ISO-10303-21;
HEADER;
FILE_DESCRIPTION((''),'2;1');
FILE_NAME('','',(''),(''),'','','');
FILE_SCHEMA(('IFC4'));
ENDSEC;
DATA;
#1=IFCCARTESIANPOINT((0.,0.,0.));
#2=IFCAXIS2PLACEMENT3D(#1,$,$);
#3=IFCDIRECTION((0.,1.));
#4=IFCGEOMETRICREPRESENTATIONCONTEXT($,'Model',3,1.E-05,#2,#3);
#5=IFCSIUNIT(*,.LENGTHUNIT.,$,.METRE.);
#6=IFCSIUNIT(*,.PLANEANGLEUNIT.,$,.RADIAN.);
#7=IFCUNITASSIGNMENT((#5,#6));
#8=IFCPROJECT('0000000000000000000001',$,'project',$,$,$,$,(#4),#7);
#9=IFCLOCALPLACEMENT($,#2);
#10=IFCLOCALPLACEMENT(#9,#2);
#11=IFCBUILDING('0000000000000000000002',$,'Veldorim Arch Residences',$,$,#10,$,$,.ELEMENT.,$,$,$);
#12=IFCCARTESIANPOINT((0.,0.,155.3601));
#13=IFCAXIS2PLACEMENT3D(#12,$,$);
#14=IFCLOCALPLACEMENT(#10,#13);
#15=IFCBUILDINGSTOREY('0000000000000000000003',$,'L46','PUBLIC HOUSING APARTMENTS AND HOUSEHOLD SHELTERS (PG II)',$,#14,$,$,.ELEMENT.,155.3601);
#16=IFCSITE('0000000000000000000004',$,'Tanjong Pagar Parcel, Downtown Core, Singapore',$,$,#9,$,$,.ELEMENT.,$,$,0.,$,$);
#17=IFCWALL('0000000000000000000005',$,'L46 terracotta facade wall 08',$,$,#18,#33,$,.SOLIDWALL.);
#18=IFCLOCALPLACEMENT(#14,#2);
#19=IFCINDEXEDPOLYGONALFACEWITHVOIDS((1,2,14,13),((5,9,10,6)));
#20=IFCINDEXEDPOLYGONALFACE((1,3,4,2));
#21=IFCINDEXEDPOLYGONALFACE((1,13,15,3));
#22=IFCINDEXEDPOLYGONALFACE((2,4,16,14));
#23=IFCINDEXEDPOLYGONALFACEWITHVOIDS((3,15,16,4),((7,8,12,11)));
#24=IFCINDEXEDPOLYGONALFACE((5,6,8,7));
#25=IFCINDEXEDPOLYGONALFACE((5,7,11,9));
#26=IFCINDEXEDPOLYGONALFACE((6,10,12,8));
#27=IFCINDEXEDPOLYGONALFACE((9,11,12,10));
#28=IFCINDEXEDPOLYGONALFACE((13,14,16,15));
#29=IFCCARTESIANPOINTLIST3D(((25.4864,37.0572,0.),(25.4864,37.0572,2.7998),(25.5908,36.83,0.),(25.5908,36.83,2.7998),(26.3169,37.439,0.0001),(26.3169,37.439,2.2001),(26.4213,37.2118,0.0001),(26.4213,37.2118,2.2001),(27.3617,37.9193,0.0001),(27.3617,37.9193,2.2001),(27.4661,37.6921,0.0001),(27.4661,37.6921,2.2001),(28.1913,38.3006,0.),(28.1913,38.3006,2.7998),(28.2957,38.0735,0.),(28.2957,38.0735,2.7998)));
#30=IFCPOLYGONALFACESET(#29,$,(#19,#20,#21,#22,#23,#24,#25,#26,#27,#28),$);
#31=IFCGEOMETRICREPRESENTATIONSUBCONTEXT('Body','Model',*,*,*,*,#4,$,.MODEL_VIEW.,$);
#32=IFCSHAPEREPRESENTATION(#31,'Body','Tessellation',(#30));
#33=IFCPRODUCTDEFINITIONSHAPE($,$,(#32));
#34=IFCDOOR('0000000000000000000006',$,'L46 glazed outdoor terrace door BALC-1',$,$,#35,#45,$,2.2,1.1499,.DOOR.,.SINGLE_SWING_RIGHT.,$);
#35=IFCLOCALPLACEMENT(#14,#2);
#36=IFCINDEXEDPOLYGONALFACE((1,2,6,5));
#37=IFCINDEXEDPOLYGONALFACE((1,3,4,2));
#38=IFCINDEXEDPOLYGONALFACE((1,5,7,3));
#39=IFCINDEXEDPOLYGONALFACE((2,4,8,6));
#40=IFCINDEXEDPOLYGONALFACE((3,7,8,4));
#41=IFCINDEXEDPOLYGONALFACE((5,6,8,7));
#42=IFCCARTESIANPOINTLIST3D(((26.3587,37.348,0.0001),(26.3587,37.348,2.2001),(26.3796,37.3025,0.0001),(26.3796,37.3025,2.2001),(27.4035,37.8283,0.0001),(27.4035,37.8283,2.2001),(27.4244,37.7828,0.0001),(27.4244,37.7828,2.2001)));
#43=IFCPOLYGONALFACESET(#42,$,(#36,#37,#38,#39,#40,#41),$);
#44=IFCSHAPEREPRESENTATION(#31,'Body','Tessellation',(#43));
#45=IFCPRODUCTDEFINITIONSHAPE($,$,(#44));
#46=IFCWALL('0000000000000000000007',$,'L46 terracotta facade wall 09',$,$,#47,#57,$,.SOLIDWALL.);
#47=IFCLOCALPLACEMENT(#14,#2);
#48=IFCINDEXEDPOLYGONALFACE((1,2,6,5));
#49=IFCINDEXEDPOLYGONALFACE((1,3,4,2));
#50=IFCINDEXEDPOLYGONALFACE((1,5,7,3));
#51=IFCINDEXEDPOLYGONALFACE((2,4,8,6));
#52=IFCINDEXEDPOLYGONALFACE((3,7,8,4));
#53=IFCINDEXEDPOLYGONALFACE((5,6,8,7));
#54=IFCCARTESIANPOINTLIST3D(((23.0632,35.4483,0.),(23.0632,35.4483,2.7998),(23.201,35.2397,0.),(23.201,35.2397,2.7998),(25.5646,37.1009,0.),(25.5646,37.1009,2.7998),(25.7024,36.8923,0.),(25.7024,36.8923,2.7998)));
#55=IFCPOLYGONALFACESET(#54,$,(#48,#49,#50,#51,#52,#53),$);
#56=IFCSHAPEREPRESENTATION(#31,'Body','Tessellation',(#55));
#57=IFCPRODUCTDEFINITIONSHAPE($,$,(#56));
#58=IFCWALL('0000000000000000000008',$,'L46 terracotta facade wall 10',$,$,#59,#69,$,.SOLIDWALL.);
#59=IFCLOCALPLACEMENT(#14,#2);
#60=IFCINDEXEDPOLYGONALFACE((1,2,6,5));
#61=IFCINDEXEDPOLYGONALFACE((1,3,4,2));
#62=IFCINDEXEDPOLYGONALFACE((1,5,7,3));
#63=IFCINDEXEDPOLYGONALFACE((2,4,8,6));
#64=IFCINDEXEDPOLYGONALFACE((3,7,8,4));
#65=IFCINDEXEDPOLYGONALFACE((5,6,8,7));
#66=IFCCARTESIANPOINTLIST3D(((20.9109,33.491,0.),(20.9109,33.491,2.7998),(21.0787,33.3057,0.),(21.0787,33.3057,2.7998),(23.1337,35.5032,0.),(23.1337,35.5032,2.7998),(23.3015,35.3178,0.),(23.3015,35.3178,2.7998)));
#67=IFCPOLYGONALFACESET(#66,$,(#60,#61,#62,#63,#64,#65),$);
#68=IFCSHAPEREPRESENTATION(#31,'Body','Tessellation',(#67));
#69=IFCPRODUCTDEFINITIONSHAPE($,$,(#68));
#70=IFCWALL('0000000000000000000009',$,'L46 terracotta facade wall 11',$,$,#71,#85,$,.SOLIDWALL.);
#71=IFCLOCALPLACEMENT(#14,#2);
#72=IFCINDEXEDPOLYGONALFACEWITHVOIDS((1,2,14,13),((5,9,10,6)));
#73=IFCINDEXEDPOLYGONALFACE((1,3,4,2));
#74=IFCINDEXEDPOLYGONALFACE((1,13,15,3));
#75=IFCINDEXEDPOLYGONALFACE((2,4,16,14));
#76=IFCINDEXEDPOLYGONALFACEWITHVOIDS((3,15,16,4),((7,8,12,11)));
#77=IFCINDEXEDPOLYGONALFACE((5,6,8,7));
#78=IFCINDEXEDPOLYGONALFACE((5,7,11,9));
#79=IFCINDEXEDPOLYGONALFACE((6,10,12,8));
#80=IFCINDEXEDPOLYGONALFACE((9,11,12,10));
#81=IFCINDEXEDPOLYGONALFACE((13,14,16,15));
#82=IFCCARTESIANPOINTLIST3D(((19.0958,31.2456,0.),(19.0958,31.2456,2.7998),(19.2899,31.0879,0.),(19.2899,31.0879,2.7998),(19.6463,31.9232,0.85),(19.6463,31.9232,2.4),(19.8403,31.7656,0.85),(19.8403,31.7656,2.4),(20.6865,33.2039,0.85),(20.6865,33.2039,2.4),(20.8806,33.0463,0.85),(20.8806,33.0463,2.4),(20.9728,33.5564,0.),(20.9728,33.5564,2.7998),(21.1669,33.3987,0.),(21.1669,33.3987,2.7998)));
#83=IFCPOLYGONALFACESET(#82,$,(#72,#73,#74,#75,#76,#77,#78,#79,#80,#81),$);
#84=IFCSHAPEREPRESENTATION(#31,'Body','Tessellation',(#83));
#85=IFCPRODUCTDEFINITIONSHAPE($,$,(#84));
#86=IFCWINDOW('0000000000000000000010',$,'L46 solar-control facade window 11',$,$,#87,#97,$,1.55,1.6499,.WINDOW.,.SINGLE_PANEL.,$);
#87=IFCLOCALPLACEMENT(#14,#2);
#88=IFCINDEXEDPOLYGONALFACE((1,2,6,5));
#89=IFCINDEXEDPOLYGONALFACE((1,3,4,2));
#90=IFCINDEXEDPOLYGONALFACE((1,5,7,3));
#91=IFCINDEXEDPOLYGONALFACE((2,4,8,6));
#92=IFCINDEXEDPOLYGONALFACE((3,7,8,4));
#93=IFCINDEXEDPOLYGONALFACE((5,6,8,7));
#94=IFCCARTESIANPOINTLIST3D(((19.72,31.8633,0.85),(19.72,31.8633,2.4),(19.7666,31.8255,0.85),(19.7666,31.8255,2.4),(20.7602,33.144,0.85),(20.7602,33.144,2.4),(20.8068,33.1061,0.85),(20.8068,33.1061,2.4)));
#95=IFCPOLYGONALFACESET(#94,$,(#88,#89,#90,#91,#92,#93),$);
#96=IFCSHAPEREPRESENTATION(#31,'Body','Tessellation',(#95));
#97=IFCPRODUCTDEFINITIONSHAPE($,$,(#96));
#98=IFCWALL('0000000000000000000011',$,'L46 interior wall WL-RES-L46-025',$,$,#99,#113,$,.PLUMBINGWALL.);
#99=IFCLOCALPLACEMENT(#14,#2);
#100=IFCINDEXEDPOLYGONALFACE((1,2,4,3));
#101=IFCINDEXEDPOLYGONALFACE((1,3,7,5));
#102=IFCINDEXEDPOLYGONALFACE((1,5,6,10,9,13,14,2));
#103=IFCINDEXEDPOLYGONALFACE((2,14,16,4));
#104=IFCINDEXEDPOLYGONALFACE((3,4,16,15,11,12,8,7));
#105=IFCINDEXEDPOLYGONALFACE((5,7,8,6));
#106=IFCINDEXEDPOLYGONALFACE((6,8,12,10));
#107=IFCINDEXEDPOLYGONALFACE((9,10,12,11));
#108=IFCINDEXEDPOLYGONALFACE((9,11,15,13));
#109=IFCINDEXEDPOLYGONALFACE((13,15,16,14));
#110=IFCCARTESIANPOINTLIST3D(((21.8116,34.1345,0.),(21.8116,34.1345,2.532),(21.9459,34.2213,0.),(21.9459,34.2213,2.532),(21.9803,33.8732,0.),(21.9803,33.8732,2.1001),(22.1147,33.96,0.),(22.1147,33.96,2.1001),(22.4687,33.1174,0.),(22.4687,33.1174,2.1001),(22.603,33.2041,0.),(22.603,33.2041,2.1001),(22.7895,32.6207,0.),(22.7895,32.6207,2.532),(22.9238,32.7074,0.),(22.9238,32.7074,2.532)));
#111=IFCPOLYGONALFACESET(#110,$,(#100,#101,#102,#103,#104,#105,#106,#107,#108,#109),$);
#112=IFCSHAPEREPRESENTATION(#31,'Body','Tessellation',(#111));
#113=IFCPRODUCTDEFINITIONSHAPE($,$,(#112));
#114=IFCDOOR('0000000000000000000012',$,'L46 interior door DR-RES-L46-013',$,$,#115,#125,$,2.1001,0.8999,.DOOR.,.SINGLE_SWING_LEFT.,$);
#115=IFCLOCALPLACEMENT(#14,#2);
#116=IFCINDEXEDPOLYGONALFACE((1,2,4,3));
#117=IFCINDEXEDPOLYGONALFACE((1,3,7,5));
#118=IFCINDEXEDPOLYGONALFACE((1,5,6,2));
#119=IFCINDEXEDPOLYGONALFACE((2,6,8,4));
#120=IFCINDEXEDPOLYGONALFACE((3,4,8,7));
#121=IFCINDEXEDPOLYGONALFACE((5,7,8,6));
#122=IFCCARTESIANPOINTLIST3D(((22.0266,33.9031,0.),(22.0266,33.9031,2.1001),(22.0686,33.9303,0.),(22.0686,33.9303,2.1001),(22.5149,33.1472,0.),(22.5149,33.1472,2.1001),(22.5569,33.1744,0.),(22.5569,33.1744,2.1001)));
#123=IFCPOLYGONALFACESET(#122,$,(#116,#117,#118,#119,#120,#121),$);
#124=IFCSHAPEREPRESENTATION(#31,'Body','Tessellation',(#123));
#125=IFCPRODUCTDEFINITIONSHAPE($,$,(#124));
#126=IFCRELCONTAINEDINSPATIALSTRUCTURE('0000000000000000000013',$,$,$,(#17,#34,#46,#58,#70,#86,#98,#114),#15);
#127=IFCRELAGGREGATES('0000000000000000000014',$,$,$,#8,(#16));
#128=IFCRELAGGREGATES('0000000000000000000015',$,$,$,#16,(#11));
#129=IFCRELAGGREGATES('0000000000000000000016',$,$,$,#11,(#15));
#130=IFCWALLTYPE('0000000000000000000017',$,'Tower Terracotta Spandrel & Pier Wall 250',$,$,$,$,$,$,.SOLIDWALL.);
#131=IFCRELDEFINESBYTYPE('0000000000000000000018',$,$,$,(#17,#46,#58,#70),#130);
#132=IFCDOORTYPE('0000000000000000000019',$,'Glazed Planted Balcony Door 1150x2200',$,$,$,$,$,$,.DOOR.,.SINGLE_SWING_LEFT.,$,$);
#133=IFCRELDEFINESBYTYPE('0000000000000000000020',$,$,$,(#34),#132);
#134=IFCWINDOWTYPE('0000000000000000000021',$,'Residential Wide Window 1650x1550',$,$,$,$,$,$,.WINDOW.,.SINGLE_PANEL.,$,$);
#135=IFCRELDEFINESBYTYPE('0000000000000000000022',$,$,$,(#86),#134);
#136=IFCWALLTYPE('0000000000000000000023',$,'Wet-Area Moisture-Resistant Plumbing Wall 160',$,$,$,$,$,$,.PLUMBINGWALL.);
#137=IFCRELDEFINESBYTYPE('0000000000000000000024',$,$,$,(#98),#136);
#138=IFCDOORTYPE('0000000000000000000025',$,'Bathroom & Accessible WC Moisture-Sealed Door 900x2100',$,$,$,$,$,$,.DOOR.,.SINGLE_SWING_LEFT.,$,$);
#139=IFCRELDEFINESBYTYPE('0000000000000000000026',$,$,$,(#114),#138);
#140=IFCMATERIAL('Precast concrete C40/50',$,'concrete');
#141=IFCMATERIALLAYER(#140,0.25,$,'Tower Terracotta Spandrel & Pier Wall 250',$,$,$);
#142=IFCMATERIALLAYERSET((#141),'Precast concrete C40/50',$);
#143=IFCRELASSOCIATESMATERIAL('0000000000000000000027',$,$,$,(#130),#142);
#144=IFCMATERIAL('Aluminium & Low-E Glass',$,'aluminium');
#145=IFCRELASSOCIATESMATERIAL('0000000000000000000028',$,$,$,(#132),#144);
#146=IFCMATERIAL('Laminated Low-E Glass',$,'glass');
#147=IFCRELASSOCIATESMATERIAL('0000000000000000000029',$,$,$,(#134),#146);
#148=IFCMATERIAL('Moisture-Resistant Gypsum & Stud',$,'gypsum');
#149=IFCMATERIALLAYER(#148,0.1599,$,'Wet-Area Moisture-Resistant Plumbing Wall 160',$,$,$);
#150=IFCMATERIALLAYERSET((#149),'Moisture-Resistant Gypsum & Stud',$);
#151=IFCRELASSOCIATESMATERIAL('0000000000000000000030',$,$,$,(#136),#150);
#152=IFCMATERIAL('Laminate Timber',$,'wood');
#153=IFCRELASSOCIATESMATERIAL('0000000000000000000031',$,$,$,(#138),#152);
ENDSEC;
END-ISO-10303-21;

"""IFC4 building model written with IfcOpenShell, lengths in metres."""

from ifc_helpers import new_model, si_unit, direction, frame, frame_2d, origin, place, context, subcontext, project, spatial, rectangle, extrude, material, layer, layer_set, type_object, element, fill, save


model = new_model("IFC4")

# Units and contexts
model_context = context("Model", 3, precision=1e-05, world=origin(), true_north=direction((0.0, 1.0)))
body_context = subcontext(model_context, "Body", "Model", "MODEL_VIEW")
ifc_project = project(units=[si_unit("LENGTHUNIT", "METRE"), si_unit("PLANEANGLEUNIT", "RADIAN")], contexts=[model_context])

# Site, building, storey
site_placement = place(None, origin())
site = spatial("IfcSite", under=ifc_project, at=site_placement, Name="Tanjong Pagar Parcel, Downtown Core, Singapore", CompositionType="ELEMENT", RefElevation=0.0)
building_placement = place(site_placement, origin())
building = spatial("IfcBuilding", under=site, at=building_placement, Name="Veldorim Arch Residences", CompositionType="ELEMENT")
storey_placement = place(building_placement, frame((0.0, 0.0, 155.3601)))
storey = spatial("IfcBuildingStorey", under=building, at=storey_placement, Name="L46", Description="PUBLIC HOUSING APARTMENTS AND HOUSEHOLD SHELTERS (PG II)", CompositionType="ELEMENT", Elevation=155.3601)

# Wall, opening, door
ifc_material_1 = material(Name="Precast concrete C40/50", Category="concrete")
ifc_layer_1 = layer(ifc_material_1, 0.25, Name="Tower Terracotta Spandrel & Pier Wall 250")
ifc_layer_set_1 = layer_set([ifc_layer_1], Name="Precast concrete C40/50")
wall_type_1 = type_object("IfcWallType", Name="Tower Terracotta Spandrel & Pier Wall 250", PredefinedType="SOLIDWALL", material=ifc_layer_set_1)
wall_1_placement = place(storey_placement, frame((25.5386, 36.9436, 0.0), z_axis=(0.0, 0.0, 1.0), x_axis=(0.908594, 0.41768, 0.0)))
wall_1 = element("IfcWall", 1, at=wall_1_placement, inside=storey, type_object=wall_type_1, Name="L46 terracotta facade wall 08", PredefinedType="SOLIDWALL", context=body_context, shape_type="SweptSolid", body=[
    extrude(rectangle(XDim=2.9771, YDim=0.25, at=frame_2d((1.4885, 0.0))), origin(), (0.0, 0.0, 1.0), 2.7998),
])
opening_1_placement = place(wall_1_placement, frame((0.9141, 0.0, 0.0)))
opening_1 = element("IfcOpeningElement", 2, at=opening_1_placement, cuts=wall_1, PredefinedType="OPENING", context=body_context, shape_type="SweptSolid", body=[
    extrude(rectangle(XDim=1.1499, YDim=2.2, at=frame_2d((0.575, 1.1001))), frame((0.0, 0.135, 0.0), z_axis=(0.0, -1.0, 0.0), x_axis=(1.0, 0.0, 0.0)), (0.0, 0.0, 1.0), 0.27),
])
ifc_material_2 = material(Name="Aluminium & Low-E Glass", Category="aluminium")
door_type_1 = type_object("IfcDoorType", Name="Glazed Planted Balcony Door 1150x2200", OperationType="SINGLE_SWING_LEFT", PredefinedType="DOOR", material=ifc_material_2)
door_1_placement = place(opening_1_placement, origin())
door_1 = element("IfcDoor", 3, at=door_1_placement, inside=storey, type_object=door_type_1, Name="L46 glazed outdoor terrace door BALC-1", OperationType="SINGLE_SWING_RIGHT", OverallHeight=2.2, OverallWidth=1.1499, PredefinedType="DOOR", context=body_context, shape_type="SweptSolid", body=[
    extrude(rectangle(XDim=1.1499, YDim=2.2, at=frame_2d((0.575, 1.1001))), frame((0.0, 0.0249, 0.0), z_axis=(0.0, -1.0, 0.0), x_axis=(1.0, 0.0, 0.0)), (0.0, 0.0, 1.0), 0.05),
])
fill(opening_1, door_1)

# Walls
wall_2_placement = place(storey_placement, frame((23.1321, 35.344, 0.0), z_axis=(0.0, 0.0, 1.0), x_axis=(0.834361, 0.551219, 0.0)))
element("IfcWall", 4, at=wall_2_placement, inside=storey, type_object=wall_type_1, Name="L46 terracotta facade wall 09", PredefinedType="SOLIDWALL", context=body_context, shape_type="SweptSolid", body=[
    extrude(rectangle(XDim=2.998, YDim=0.25, at=frame_2d((1.499, 0.0))), origin(), (0.0, 0.0, 1.0), 2.7998),
])
wall_3_placement = place(storey_placement, frame((20.9949, 33.3984, 0.0), z_axis=(0.0, 0.0, 1.0), x_axis=(0.741368, 0.671099, 0.0)))
element("IfcWall", 5, at=wall_3_placement, inside=storey, type_object=wall_type_1, Name="L46 terracotta facade wall 10", PredefinedType="SOLIDWALL", context=body_context, shape_type="SweptSolid", body=[
    extrude(rectangle(XDim=2.9983, YDim=0.25, at=frame_2d((1.499, 0.0))), origin(), (0.0, 0.0, 1.0), 2.7998),
])

# Wall, opening, window
wall_4_placement = place(storey_placement, frame((19.1929, 31.1667, 0.0), z_axis=(0.0, 0.0, 1.0), x_axis=(0.630478, 0.776207, 0.0)))
wall_4 = element("IfcWall", 6, at=wall_4_placement, inside=storey, type_object=wall_type_1, Name="L46 terracotta facade wall 11", PredefinedType="SOLIDWALL", context=body_context, shape_type="SweptSolid", body=[
    extrude(rectangle(XDim=2.9771, YDim=0.25, at=frame_2d((1.4885, 0.0))), origin(), (0.0, 0.0, 1.0), 2.7998),
])
opening_2_placement = place(wall_4_placement, frame((0.873, 0.0, 0.8501)))
opening_2 = element("IfcOpeningElement", 7, at=opening_2_placement, cuts=wall_4, PredefinedType="OPENING", context=body_context, shape_type="SweptSolid", body=[
    extrude(rectangle(XDim=1.6499, YDim=1.55, at=frame_2d((0.825, 0.7749))), frame((0.0, 0.135, 0.0), z_axis=(0.0, -1.0, 0.0), x_axis=(1.0, 0.0, 0.0)), (0.0, 0.0, 1.0), 0.27),
])
ifc_material_3 = material(Name="Laminated Low-E Glass", Category="glass")
window_type = type_object("IfcWindowType", Name="Residential Wide Window 1650x1550", PartitioningType="SINGLE_PANEL", PredefinedType="WINDOW", material=ifc_material_3)
window_placement = place(opening_2_placement, origin())
window = element("IfcWindow", 8, at=window_placement, inside=storey, type_object=window_type, Name="L46 solar-control facade window 11", OverallHeight=1.55, OverallWidth=1.6499, PartitioningType="SINGLE_PANEL", PredefinedType="WINDOW", context=body_context, shape_type="SweptSolid", body=[
    extrude(rectangle(XDim=1.6499, YDim=1.55, at=frame_2d((0.825, 0.7749))), frame((0.0, 0.03, 0.0), z_axis=(0.0, -1.0, 0.0), x_axis=(1.0, 0.0, 0.0)), (0.0, 0.0, 1.0), 0.0601),
])
fill(opening_2, window)

# Wall, opening, door
ifc_material_4 = material(Name="Moisture-Resistant Gypsum & Stud", Category="gypsum")
ifc_layer_2 = layer(ifc_material_4, 0.1599, Name="Wet-Area Moisture-Resistant Plumbing Wall 160")
ifc_layer_set_2 = layer_set([ifc_layer_2], Name="Moisture-Resistant Gypsum & Stud")
wall_type_2 = type_object("IfcWallType", Name="Wet-Area Moisture-Resistant Plumbing Wall 160", PredefinedType="PLUMBINGWALL", material=ifc_layer_set_2)
wall_5_placement = place(storey_placement, frame((22.8567, 32.6641, 0.0), z_axis=(0.0, 0.0, 1.0), x_axis=(-0.542639, 0.839966, 0.0)))
wall_5 = element("IfcWall", 9, at=wall_5_placement, inside=storey, type_object=wall_type_2, Name="L46 interior wall WL-RES-L46-025", PredefinedType="PLUMBINGWALL", context=body_context, shape_type="SweptSolid", body=[
    extrude(rectangle(XDim=1.8022, YDim=0.1599, at=frame_2d((0.9011, 0.0))), origin(), (0.0, 0.0, 1.0), 2.532),
])
opening_3_placement = place(wall_5_placement, frame((0.5913, 0.0, 0.0)))
opening_3 = element("IfcOpeningElement", 10, at=opening_3_placement, cuts=wall_5, PredefinedType="OPENING", context=body_context, shape_type="SweptSolid", body=[
    extrude(rectangle(XDim=0.8999, YDim=2.1001, at=frame_2d((0.45, 1.05))), frame((0.0, 0.0898, 0.0), z_axis=(0.0, -1.0, 0.0), x_axis=(1.0, 0.0, 0.0)), (0.0, 0.0, 1.0), 0.1799),
])
ifc_material_5 = material(Name="Laminate Timber", Category="wood")
door_type_2 = type_object("IfcDoorType", Name="Bathroom & Accessible WC Moisture-Sealed Door 900x2100", OperationType="SINGLE_SWING_LEFT", PredefinedType="DOOR", material=ifc_material_5)
door_2_placement = place(opening_3_placement, origin())
door_2 = element("IfcDoor", 11, at=door_2_placement, inside=storey, type_object=door_type_2, Name="L46 interior door DR-RES-L46-013", OperationType="SINGLE_SWING_LEFT", OverallHeight=2.1001, OverallWidth=0.8999, PredefinedType="DOOR", context=body_context, shape_type="SweptSolid", body=[
    extrude(rectangle(XDim=0.8999, YDim=2.1001, at=frame_2d((0.45, 1.05))), frame((0.0, 0.0249, 0.0), z_axis=(0.0, -1.0, 0.0), x_axis=(1.0, 0.0, 0.0)), (0.0, 0.0, 1.0), 0.05),
])
fill(opening_3, door_2)

save(model, "model.ifc")
